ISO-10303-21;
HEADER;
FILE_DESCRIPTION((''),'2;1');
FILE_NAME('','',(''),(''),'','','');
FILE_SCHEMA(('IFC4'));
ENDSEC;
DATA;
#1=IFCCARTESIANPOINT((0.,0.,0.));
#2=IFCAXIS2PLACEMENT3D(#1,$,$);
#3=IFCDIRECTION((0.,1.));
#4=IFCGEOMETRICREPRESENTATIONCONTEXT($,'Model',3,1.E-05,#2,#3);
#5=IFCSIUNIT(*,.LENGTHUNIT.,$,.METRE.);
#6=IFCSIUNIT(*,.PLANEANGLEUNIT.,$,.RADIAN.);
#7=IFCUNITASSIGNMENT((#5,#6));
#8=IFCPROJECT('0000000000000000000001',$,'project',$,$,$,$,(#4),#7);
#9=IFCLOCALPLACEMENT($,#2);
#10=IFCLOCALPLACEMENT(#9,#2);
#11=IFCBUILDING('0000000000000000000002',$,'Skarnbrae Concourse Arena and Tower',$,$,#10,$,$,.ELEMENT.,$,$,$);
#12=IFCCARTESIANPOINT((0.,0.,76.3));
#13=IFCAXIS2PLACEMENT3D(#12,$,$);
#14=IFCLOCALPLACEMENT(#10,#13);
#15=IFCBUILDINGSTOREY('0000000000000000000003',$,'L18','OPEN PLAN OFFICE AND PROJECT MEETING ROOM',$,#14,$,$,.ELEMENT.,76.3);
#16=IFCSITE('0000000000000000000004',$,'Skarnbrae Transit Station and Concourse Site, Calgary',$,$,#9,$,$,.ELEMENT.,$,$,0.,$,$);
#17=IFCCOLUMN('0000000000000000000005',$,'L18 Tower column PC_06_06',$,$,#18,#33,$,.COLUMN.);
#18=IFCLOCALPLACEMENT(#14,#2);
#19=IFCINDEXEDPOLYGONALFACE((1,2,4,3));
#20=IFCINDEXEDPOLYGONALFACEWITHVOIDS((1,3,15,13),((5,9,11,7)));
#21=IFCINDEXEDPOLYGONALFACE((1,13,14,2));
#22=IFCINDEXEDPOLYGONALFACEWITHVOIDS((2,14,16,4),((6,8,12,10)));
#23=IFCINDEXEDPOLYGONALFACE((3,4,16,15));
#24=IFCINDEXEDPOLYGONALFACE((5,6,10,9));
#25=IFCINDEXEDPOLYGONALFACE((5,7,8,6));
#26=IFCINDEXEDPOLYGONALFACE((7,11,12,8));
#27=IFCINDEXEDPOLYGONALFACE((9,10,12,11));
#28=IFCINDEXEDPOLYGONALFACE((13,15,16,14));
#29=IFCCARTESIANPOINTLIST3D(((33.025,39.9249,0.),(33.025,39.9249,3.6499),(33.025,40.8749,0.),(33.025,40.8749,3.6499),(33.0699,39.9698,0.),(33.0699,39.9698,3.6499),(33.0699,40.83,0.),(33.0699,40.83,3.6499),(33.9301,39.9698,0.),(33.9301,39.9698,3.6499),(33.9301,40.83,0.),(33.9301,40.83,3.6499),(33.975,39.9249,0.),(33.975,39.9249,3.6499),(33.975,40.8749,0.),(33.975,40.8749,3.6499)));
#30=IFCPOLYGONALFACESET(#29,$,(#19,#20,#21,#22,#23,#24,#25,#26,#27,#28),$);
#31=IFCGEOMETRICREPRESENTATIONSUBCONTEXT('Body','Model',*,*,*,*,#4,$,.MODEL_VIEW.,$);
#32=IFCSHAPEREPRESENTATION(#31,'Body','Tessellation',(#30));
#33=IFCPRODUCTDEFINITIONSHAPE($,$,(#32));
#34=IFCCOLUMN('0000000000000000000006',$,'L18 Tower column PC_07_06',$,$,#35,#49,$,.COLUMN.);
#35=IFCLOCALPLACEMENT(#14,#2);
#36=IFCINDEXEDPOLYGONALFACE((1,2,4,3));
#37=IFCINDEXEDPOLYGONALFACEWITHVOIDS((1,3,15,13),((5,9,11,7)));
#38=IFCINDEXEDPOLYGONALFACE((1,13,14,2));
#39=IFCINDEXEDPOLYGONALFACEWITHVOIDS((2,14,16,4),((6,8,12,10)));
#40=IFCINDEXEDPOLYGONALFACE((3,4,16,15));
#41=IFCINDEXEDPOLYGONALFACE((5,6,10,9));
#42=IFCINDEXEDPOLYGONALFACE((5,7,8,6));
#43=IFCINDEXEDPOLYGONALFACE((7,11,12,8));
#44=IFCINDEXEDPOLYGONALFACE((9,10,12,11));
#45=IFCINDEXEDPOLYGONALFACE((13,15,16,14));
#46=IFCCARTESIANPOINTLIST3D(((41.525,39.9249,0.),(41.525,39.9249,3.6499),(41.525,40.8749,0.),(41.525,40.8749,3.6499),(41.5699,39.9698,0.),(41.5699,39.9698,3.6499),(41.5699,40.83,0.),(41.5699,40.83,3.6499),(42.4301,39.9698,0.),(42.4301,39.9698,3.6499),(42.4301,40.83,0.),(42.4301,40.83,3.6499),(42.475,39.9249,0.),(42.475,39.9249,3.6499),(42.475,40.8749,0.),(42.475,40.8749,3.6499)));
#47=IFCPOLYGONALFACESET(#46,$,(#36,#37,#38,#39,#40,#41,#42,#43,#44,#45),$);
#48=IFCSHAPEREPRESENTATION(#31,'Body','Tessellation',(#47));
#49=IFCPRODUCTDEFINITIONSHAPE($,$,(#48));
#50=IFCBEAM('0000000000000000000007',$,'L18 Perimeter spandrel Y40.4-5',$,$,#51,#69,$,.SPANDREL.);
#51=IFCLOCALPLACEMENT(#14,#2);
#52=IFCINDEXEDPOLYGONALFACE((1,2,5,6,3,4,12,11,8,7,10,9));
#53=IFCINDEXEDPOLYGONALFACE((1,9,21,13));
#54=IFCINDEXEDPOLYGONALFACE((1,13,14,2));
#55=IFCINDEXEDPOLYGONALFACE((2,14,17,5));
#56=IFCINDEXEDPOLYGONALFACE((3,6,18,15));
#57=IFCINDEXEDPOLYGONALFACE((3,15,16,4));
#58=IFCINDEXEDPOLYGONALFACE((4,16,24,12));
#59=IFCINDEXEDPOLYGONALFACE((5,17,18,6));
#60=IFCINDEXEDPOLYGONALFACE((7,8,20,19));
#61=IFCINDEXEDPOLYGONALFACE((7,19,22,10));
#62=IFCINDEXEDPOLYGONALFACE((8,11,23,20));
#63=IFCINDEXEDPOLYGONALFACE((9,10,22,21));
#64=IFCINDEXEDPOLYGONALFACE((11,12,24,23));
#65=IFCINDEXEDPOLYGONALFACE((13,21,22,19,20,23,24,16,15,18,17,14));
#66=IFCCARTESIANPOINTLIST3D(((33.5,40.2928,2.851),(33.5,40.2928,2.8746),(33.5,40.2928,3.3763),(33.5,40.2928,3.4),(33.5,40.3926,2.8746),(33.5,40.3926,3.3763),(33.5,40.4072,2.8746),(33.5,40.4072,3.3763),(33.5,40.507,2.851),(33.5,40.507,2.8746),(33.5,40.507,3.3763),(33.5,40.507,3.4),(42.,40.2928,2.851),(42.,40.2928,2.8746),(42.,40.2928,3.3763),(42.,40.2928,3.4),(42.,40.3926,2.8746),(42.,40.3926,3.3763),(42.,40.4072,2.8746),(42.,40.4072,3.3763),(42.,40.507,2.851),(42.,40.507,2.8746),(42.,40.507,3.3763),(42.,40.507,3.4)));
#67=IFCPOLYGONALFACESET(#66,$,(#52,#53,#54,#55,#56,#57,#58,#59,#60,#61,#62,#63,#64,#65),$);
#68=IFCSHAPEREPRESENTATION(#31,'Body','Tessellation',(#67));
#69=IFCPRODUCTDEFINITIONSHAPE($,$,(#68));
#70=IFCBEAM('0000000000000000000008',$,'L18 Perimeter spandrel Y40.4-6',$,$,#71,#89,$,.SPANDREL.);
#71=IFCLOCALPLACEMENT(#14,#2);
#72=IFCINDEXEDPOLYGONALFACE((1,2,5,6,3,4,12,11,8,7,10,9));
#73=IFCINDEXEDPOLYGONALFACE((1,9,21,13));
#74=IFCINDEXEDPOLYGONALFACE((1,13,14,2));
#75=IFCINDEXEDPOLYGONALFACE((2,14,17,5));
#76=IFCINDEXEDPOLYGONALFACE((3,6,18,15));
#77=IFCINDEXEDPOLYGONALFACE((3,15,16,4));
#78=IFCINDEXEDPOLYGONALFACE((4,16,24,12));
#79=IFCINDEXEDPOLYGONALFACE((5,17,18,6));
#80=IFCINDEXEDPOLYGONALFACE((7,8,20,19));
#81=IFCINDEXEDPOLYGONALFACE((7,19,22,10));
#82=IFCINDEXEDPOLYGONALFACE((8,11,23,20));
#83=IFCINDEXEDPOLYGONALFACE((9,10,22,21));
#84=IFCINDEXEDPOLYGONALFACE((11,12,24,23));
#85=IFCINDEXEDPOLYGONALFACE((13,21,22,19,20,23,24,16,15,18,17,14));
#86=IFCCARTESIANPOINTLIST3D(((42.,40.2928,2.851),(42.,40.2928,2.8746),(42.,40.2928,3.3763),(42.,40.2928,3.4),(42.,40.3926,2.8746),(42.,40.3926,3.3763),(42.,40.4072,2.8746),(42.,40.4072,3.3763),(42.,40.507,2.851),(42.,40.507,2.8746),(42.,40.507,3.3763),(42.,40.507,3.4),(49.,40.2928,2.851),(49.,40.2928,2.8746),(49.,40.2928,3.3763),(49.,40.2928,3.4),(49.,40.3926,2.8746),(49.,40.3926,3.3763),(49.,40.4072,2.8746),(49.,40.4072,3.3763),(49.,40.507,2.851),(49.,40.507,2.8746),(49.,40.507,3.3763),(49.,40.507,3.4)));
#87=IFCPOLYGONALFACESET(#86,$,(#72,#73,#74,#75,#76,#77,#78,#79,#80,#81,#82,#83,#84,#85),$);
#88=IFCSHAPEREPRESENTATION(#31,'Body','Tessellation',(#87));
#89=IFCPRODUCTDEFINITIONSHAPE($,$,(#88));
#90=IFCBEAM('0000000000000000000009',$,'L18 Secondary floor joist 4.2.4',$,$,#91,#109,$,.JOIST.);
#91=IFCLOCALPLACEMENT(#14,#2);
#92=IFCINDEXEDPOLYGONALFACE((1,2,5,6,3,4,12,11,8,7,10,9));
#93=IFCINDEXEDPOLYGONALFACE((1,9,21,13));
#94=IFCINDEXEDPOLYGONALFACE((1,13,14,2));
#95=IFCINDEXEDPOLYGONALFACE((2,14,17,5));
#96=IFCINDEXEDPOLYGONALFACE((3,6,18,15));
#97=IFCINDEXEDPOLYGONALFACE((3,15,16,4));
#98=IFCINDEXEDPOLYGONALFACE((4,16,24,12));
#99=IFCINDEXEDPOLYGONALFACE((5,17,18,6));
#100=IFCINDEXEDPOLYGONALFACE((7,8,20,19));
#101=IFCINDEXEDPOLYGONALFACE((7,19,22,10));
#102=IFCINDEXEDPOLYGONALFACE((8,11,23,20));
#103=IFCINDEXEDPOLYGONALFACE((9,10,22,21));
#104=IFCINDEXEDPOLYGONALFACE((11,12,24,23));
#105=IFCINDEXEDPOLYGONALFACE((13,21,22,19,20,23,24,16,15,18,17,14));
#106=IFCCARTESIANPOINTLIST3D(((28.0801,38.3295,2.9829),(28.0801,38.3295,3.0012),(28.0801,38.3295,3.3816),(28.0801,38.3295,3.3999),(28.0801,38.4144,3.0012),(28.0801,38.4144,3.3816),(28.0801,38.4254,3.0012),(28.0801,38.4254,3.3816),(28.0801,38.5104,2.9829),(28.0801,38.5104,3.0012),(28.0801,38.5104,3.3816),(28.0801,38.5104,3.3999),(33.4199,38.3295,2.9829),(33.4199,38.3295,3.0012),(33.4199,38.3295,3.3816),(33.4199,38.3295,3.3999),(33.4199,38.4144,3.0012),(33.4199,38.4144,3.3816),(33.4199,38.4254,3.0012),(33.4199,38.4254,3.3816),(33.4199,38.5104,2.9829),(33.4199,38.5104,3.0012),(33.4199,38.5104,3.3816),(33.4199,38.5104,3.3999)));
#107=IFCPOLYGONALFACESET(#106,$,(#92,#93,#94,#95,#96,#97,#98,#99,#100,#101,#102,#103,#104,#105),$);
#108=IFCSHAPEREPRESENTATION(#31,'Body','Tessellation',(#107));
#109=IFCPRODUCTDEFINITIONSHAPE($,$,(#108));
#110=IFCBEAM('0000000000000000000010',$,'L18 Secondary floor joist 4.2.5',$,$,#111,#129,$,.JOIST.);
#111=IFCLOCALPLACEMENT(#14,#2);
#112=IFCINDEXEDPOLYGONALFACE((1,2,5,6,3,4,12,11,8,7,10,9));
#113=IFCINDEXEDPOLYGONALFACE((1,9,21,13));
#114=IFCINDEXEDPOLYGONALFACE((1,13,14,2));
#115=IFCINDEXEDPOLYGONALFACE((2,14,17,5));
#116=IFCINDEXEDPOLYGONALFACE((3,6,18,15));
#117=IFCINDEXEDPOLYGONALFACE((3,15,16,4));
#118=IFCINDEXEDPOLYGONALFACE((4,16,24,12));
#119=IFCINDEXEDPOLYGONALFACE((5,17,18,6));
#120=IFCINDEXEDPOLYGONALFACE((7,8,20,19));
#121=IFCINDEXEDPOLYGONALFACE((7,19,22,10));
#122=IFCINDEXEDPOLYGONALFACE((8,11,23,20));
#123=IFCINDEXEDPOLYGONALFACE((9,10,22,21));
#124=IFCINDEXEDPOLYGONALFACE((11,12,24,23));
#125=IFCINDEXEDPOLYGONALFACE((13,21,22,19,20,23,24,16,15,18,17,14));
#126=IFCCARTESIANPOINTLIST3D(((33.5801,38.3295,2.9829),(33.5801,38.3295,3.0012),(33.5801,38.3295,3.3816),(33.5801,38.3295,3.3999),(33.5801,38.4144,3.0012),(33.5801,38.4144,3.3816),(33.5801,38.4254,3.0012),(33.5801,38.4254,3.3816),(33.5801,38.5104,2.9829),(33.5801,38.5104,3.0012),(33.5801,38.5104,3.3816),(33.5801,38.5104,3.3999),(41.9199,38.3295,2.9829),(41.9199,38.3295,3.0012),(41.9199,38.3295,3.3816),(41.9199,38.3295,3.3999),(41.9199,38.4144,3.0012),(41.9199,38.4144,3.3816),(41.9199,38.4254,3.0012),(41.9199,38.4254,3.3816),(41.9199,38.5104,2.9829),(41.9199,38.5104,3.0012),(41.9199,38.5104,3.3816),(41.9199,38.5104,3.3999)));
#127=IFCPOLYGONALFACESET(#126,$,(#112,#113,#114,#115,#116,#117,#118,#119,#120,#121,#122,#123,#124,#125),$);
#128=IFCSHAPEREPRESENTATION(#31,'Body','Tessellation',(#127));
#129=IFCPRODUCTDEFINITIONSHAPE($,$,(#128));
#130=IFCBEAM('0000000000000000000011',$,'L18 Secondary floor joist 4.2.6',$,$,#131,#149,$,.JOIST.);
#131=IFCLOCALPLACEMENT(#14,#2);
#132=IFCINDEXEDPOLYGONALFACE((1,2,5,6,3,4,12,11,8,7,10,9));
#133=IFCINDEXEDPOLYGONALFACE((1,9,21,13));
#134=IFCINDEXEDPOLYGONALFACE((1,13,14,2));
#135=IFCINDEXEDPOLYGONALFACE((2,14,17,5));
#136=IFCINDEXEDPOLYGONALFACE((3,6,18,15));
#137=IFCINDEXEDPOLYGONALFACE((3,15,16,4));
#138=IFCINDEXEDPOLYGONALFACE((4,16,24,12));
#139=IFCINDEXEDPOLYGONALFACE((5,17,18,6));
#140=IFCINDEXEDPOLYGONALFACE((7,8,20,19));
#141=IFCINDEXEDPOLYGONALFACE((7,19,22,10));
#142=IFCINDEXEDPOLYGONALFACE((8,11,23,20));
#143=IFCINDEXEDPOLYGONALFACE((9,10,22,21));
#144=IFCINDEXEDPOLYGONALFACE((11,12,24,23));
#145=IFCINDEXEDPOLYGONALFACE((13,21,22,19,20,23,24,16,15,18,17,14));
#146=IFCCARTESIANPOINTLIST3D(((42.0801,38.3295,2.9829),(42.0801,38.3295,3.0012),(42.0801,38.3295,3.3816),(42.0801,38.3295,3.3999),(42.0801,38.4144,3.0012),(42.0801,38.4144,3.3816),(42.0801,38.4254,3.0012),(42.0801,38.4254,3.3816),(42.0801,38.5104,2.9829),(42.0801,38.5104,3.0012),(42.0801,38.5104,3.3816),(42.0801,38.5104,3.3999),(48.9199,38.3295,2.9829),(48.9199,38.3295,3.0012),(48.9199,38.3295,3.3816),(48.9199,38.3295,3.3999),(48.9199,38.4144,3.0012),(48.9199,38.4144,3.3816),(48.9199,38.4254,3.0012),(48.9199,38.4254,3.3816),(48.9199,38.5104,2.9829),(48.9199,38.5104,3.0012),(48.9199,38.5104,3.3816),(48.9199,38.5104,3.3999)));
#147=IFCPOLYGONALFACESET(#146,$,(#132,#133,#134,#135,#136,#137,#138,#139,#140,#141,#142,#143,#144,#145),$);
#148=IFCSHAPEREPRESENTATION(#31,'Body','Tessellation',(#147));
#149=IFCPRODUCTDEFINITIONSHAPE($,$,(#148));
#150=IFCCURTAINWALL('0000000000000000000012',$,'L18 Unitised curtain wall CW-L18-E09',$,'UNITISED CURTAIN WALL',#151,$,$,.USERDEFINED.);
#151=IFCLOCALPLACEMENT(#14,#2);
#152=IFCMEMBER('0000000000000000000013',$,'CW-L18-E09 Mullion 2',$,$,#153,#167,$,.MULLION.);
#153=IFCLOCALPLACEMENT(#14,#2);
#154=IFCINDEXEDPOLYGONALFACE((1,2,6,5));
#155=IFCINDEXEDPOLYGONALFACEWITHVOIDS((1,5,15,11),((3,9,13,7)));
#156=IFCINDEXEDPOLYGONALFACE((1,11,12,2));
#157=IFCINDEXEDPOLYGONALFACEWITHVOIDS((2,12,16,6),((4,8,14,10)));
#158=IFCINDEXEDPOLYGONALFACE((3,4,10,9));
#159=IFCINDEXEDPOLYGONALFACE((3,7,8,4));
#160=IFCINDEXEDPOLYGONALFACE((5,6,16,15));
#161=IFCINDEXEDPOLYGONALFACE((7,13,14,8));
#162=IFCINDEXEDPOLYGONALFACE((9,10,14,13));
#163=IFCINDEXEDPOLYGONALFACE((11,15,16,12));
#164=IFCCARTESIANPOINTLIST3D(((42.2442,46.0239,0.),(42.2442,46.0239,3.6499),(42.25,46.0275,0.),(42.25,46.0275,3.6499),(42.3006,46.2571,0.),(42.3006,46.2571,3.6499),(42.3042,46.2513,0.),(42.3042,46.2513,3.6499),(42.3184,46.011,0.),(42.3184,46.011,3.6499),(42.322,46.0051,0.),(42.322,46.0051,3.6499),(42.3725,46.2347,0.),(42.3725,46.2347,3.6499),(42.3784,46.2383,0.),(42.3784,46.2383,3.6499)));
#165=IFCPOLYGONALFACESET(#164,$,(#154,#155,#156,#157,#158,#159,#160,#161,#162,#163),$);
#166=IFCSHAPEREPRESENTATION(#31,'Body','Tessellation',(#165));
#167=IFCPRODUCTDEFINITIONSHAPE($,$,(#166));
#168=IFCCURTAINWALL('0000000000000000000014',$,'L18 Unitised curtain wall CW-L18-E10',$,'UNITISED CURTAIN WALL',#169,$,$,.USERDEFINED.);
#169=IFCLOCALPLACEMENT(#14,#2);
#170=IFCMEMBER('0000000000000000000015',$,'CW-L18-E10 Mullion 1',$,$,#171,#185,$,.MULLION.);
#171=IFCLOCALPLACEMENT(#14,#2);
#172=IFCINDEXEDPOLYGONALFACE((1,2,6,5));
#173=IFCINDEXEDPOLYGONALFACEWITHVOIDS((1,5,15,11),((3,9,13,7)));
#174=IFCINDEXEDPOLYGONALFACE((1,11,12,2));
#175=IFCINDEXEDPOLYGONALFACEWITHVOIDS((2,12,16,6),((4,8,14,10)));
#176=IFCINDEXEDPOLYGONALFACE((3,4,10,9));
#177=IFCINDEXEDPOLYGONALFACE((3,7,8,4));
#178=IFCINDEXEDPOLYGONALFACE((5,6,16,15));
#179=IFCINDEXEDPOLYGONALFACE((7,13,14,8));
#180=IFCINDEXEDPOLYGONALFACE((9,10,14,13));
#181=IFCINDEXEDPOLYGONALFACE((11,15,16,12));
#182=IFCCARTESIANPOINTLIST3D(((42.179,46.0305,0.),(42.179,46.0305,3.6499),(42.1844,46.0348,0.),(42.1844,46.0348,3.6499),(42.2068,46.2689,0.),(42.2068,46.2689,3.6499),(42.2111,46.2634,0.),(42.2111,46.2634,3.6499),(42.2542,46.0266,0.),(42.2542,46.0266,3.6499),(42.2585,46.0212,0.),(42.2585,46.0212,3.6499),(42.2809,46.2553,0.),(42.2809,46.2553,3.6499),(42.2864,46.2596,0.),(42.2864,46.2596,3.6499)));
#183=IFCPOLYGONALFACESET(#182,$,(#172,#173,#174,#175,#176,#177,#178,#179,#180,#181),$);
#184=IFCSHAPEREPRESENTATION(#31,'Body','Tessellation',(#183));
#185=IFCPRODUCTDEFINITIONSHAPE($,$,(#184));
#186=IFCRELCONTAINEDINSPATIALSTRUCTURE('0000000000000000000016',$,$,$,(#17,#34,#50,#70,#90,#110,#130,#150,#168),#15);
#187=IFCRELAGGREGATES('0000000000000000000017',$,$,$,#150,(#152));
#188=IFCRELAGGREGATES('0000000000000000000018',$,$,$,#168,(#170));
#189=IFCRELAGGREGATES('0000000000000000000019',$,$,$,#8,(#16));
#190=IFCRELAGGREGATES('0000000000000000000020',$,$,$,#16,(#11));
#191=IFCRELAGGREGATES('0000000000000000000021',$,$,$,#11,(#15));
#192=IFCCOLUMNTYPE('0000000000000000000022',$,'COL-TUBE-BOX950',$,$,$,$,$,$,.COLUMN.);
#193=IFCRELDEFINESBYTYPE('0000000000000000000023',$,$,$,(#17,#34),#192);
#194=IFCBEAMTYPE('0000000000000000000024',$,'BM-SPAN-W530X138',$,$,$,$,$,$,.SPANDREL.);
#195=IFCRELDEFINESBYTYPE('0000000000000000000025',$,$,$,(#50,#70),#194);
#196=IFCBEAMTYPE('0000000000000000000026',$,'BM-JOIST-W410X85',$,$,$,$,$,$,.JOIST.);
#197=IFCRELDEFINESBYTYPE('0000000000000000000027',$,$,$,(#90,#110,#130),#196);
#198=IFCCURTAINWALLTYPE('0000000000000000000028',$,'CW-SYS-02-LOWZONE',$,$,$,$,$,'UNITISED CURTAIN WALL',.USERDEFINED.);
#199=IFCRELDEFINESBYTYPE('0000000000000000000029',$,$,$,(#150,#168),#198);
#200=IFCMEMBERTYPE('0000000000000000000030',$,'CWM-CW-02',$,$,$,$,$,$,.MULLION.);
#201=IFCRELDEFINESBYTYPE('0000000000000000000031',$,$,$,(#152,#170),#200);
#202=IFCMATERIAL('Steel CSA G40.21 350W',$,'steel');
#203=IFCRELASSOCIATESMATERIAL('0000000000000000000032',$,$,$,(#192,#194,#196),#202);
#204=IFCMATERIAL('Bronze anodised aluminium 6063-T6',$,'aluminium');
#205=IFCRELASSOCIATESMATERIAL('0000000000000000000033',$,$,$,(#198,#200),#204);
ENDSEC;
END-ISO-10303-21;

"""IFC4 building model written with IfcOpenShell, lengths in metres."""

from ifc_helpers import new_model, si_unit, direction, frame, origin, origin_2d, place, context, subcontext, project, spatial, hollow_rectangle, i_section, extrude, source, transform, mapped, material, material_profile, profile_set, type_object, element, aggregate, save


model = new_model("IFC4")

# Units and contexts
model_context = context("Model", 3, precision=1e-05, world=origin(), true_north=direction((0.0, 1.0)))
body_context = subcontext(model_context, "Body", "Model", "MODEL_VIEW")
ifc_project = project(units=[si_unit("LENGTHUNIT", "METRE"), si_unit("PLANEANGLEUNIT", "RADIAN")], contexts=[model_context])

# Site, building, storey
site_placement = place(None, origin())
site = spatial("IfcSite", under=ifc_project, at=site_placement, Name="Skarnbrae Transit Station and Concourse Site, Calgary", CompositionType="ELEMENT", RefElevation=0.0)
building_placement = place(site_placement, origin())
building = spatial("IfcBuilding", under=site, at=building_placement, Name="Skarnbrae Concourse Arena and Tower", CompositionType="ELEMENT")
storey_placement = place(building_placement, frame((0.0, 0.0, 76.3)))
storey = spatial("IfcBuildingStorey", under=building, at=storey_placement, Name="L18", Description="OPEN PLAN OFFICE AND PROJECT MEETING ROOM", CompositionType="ELEMENT", Elevation=76.3)

# Columns
ifc_material_1 = material(Name="Steel CSA G40.21 350W", Category="steel")
ifc_material_profile_1 = material_profile(ifc_material_1, hollow_rectangle(XDim=0.95, YDim=0.95, WallThickness=0.0449, at=origin_2d()), Name="BOX950X950X45")
ifc_profile_set_1 = profile_set([ifc_material_profile_1], Name="Steel CSA G40.21 350W")
column_type = type_object("IfcColumnType", Name="COL-TUBE-BOX950", PredefinedType="COLUMN", material=ifc_profile_set_1)
shared_shape_1 = source(origin(), body_context, "Body", "SweptSolid", [
    extrude(hollow_rectangle(XDim=0.95, YDim=0.95, WallThickness=0.0449, at=origin_2d()), origin(), (0.0, 0.0, 1.0), 3.6499),
])
for number, where, z_axis, x_axis, name in (
    (1, (33.5, 40.3999, 0.0), (0.0, 0.0, 1.0), (1.0, 0.0, 0.0), "L18 Tower column PC_06_06"),
    (2, (42.0, 40.3999, 0.0), (0.0, 0.0, 1.0), (1.0, 0.0, 0.0), "L18 Tower column PC_07_06"),
):
    element("IfcColumn", number, at=place(storey_placement, frame(where, z_axis=z_axis, x_axis=x_axis)), inside=storey, type_object=column_type, Name=name, PredefinedType="COLUMN", context=body_context, shape_type="MappedRepresentation", body=[
        mapped(shared_shape_1, transform((0.0, 0.0, 0.0))),
    ])

# Beams
ifc_material_profile_2 = material_profile(ifc_material_1, i_section(OverallWidth=0.2141, OverallDepth=0.5491, WebThickness=0.0146, FlangeThickness=0.0237, at=origin_2d()), Name="W530X138")
ifc_profile_set_2 = profile_set([ifc_material_profile_2], Name="Steel CSA G40.21 350W")
beam_type_1 = type_object("IfcBeamType", Name="BM-SPAN-W530X138", PredefinedType="SPANDREL", material=ifc_profile_set_2)
shared_shape_2 = source(origin(), body_context, "Body", "SweptSolid", [
    extrude(i_section(OverallWidth=0.2141, OverallDepth=0.5491, WebThickness=0.0146, FlangeThickness=0.0237, at=origin_2d()), origin(), (0.0, 0.0, 1.0), 8.5),
])
beam_1_placement = place(storey_placement, frame((33.5, 40.3999, 3.1255), z_axis=(1.0, 0.0, 0.0), x_axis=(0.0, 1.0, 0.0)))
element("IfcBeam", 3, at=beam_1_placement, inside=storey, type_object=beam_type_1, Name="L18 Perimeter spandrel Y40.4-5", PredefinedType="SPANDREL", context=body_context, shape_type="MappedRepresentation", body=[
    mapped(shared_shape_2, transform((0.0, 0.0, 0.0))),
])
shared_shape_3 = source(origin(), body_context, "Body", "SweptSolid", [
    extrude(i_section(OverallWidth=0.2141, OverallDepth=0.5491, WebThickness=0.0146, FlangeThickness=0.0237, at=origin_2d()), origin(), (0.0, 0.0, 1.0), 7.0),
])
beam_2_placement = place(storey_placement, frame((42.0, 40.3999, 3.1255), z_axis=(1.0, 0.0, 0.0), x_axis=(0.0, 1.0, 0.0)))
element("IfcBeam", 4, at=beam_2_placement, inside=storey, type_object=beam_type_1, Name="L18 Perimeter spandrel Y40.4-6", PredefinedType="SPANDREL", context=body_context, shape_type="MappedRepresentation", body=[
    mapped(shared_shape_3, transform((0.0, 0.0, 0.0))),
])
ifc_material_profile_3 = material_profile(ifc_material_1, i_section(OverallWidth=0.1809, OverallDepth=0.417, WebThickness=0.011, FlangeThickness=0.0183, at=origin_2d()), Name="W410X85")
ifc_profile_set_3 = profile_set([ifc_material_profile_3], Name="Steel CSA G40.21 350W")
beam_type_2 = type_object("IfcBeamType", Name="BM-JOIST-W410X85", PredefinedType="JOIST", material=ifc_profile_set_3)
shared_shape_4 = source(origin(), body_context, "Body", "SweptSolid", [
    extrude(i_section(OverallWidth=0.1809, OverallDepth=0.417, WebThickness=0.011, FlangeThickness=0.0183, at=origin_2d()), origin(), (0.0, 0.0, 1.0), 5.3398),
])
beam_3_placement = place(storey_placement, frame((28.0801, 38.4199, 3.1914), z_axis=(1.0, 0.0, 0.0), x_axis=(0.0, 1.0, 0.0)))
element("IfcBeam", 5, at=beam_3_placement, inside=storey, type_object=beam_type_2, Name="L18 Secondary floor joist 4.2.4", PredefinedType="JOIST", context=body_context, shape_type="MappedRepresentation", body=[
    mapped(shared_shape_4, transform((0.0, 0.0, 0.0))),
])
shared_shape_5 = source(origin(), body_context, "Body", "SweptSolid", [
    extrude(i_section(OverallWidth=0.1809, OverallDepth=0.417, WebThickness=0.011, FlangeThickness=0.0183, at=origin_2d()), origin(), (0.0, 0.0, 1.0), 8.3398),
])
beam_4_placement = place(storey_placement, frame((33.5801, 38.4199, 3.1914), z_axis=(1.0, 0.0, 0.0), x_axis=(0.0, 1.0, 0.0)))
element("IfcBeam", 6, at=beam_4_placement, inside=storey, type_object=beam_type_2, Name="L18 Secondary floor joist 4.2.5", PredefinedType="JOIST", context=body_context, shape_type="MappedRepresentation", body=[
    mapped(shared_shape_5, transform((0.0, 0.0, 0.0))),
])
shared_shape_6 = source(origin(), body_context, "Body", "SweptSolid", [
    extrude(i_section(OverallWidth=0.1809, OverallDepth=0.417, WebThickness=0.011, FlangeThickness=0.0183, at=origin_2d()), origin(), (0.0, 0.0, 1.0), 6.8398),
])
beam_5_placement = place(storey_placement, frame((42.0801, 38.4199, 3.1914), z_axis=(1.0, 0.0, 0.0), x_axis=(0.0, 1.0, 0.0)))
element("IfcBeam", 7, at=beam_5_placement, inside=storey, type_object=beam_type_2, Name="L18 Secondary floor joist 4.2.6", PredefinedType="JOIST", context=body_context, shape_type="MappedRepresentation", body=[
    mapped(shared_shape_6, transform((0.0, 0.0, 0.0))),
])

# Curtain wall, member
ifc_material_2 = material(Name="Bronze anodised aluminium 6063-T6", Category="aluminium")
curtain_wall_type = type_object("IfcCurtainWallType", Name="CW-SYS-02-LOWZONE", ElementType="UNITISED CURTAIN WALL", PredefinedType="USERDEFINED", material=ifc_material_2)
curtain_wall_1_placement = place(storey_placement, origin())
curtain_wall_1 = element("IfcCurtainWall", 8, at=curtain_wall_1_placement, inside=storey, type_object=curtain_wall_type, Name="L18 Unitised curtain wall CW-L18-E09", ObjectType="UNITISED CURTAIN WALL", PredefinedType="USERDEFINED")
ifc_material_profile_4 = material_profile(ifc_material_2, hollow_rectangle(XDim=0.0801, YDim=0.24, WallThickness=0.0049, at=origin_2d()), Name="ALU-MULL-80X240")
ifc_profile_set_4 = profile_set([ifc_material_profile_4], Name="Bronze anodised aluminium 6063-T6")
member_type_1 = type_object("IfcMemberType", Name="CWM-CW-02", PredefinedType="MULLION", material=ifc_profile_set_4)
shared_shape_7 = source(origin(), body_context, "Body", "SweptSolid", [
    extrude(hollow_rectangle(XDim=0.0801, YDim=0.24, WallThickness=0.0049, at=origin_2d()), origin(), (0.0, 0.0, 1.0), 3.6499),
])
member_1_placement = place(storey_placement, frame((42.3113, 46.1311, 0.0), z_axis=(0.0, 0.0, 1.0), x_axis=(-0.971974, 0.23509, 0.0)))
member_1 = element("IfcMember", 9, at=member_1_placement, type_object=member_type_1, Name="CW-L18-E09 Mullion 2", PredefinedType="MULLION", context=body_context, shape_type="MappedRepresentation", body=[
    mapped(shared_shape_7, transform((0.0, 0.0, 0.0))),
])
aggregate(curtain_wall_1, [member_1])

# Curtain wall, member
curtain_wall_2_placement = place(storey_placement, origin())
curtain_wall_2 = element("IfcCurtainWall", 10, at=curtain_wall_2_placement, inside=storey, type_object=curtain_wall_type, Name="L18 Unitised curtain wall CW-L18-E10", ObjectType="UNITISED CURTAIN WALL", PredefinedType="USERDEFINED")
member_2_placement = place(storey_placement, frame((42.2327, 46.145, 0.0), z_axis=(0.0, 0.0, 1.0), x_axis=(-0.993245, 0.11604, 0.0)))
member_2 = element("IfcMember", 11, at=member_2_placement, type_object=member_type_1, Name="CW-L18-E10 Mullion 1", PredefinedType="MULLION", context=body_context, shape_type="MappedRepresentation", body=[
    mapped(shared_shape_7, transform((0.0, 0.0, 0.0))),
])

aggregate(curtain_wall_2, [member_2])

save(model, "model.ifc")
